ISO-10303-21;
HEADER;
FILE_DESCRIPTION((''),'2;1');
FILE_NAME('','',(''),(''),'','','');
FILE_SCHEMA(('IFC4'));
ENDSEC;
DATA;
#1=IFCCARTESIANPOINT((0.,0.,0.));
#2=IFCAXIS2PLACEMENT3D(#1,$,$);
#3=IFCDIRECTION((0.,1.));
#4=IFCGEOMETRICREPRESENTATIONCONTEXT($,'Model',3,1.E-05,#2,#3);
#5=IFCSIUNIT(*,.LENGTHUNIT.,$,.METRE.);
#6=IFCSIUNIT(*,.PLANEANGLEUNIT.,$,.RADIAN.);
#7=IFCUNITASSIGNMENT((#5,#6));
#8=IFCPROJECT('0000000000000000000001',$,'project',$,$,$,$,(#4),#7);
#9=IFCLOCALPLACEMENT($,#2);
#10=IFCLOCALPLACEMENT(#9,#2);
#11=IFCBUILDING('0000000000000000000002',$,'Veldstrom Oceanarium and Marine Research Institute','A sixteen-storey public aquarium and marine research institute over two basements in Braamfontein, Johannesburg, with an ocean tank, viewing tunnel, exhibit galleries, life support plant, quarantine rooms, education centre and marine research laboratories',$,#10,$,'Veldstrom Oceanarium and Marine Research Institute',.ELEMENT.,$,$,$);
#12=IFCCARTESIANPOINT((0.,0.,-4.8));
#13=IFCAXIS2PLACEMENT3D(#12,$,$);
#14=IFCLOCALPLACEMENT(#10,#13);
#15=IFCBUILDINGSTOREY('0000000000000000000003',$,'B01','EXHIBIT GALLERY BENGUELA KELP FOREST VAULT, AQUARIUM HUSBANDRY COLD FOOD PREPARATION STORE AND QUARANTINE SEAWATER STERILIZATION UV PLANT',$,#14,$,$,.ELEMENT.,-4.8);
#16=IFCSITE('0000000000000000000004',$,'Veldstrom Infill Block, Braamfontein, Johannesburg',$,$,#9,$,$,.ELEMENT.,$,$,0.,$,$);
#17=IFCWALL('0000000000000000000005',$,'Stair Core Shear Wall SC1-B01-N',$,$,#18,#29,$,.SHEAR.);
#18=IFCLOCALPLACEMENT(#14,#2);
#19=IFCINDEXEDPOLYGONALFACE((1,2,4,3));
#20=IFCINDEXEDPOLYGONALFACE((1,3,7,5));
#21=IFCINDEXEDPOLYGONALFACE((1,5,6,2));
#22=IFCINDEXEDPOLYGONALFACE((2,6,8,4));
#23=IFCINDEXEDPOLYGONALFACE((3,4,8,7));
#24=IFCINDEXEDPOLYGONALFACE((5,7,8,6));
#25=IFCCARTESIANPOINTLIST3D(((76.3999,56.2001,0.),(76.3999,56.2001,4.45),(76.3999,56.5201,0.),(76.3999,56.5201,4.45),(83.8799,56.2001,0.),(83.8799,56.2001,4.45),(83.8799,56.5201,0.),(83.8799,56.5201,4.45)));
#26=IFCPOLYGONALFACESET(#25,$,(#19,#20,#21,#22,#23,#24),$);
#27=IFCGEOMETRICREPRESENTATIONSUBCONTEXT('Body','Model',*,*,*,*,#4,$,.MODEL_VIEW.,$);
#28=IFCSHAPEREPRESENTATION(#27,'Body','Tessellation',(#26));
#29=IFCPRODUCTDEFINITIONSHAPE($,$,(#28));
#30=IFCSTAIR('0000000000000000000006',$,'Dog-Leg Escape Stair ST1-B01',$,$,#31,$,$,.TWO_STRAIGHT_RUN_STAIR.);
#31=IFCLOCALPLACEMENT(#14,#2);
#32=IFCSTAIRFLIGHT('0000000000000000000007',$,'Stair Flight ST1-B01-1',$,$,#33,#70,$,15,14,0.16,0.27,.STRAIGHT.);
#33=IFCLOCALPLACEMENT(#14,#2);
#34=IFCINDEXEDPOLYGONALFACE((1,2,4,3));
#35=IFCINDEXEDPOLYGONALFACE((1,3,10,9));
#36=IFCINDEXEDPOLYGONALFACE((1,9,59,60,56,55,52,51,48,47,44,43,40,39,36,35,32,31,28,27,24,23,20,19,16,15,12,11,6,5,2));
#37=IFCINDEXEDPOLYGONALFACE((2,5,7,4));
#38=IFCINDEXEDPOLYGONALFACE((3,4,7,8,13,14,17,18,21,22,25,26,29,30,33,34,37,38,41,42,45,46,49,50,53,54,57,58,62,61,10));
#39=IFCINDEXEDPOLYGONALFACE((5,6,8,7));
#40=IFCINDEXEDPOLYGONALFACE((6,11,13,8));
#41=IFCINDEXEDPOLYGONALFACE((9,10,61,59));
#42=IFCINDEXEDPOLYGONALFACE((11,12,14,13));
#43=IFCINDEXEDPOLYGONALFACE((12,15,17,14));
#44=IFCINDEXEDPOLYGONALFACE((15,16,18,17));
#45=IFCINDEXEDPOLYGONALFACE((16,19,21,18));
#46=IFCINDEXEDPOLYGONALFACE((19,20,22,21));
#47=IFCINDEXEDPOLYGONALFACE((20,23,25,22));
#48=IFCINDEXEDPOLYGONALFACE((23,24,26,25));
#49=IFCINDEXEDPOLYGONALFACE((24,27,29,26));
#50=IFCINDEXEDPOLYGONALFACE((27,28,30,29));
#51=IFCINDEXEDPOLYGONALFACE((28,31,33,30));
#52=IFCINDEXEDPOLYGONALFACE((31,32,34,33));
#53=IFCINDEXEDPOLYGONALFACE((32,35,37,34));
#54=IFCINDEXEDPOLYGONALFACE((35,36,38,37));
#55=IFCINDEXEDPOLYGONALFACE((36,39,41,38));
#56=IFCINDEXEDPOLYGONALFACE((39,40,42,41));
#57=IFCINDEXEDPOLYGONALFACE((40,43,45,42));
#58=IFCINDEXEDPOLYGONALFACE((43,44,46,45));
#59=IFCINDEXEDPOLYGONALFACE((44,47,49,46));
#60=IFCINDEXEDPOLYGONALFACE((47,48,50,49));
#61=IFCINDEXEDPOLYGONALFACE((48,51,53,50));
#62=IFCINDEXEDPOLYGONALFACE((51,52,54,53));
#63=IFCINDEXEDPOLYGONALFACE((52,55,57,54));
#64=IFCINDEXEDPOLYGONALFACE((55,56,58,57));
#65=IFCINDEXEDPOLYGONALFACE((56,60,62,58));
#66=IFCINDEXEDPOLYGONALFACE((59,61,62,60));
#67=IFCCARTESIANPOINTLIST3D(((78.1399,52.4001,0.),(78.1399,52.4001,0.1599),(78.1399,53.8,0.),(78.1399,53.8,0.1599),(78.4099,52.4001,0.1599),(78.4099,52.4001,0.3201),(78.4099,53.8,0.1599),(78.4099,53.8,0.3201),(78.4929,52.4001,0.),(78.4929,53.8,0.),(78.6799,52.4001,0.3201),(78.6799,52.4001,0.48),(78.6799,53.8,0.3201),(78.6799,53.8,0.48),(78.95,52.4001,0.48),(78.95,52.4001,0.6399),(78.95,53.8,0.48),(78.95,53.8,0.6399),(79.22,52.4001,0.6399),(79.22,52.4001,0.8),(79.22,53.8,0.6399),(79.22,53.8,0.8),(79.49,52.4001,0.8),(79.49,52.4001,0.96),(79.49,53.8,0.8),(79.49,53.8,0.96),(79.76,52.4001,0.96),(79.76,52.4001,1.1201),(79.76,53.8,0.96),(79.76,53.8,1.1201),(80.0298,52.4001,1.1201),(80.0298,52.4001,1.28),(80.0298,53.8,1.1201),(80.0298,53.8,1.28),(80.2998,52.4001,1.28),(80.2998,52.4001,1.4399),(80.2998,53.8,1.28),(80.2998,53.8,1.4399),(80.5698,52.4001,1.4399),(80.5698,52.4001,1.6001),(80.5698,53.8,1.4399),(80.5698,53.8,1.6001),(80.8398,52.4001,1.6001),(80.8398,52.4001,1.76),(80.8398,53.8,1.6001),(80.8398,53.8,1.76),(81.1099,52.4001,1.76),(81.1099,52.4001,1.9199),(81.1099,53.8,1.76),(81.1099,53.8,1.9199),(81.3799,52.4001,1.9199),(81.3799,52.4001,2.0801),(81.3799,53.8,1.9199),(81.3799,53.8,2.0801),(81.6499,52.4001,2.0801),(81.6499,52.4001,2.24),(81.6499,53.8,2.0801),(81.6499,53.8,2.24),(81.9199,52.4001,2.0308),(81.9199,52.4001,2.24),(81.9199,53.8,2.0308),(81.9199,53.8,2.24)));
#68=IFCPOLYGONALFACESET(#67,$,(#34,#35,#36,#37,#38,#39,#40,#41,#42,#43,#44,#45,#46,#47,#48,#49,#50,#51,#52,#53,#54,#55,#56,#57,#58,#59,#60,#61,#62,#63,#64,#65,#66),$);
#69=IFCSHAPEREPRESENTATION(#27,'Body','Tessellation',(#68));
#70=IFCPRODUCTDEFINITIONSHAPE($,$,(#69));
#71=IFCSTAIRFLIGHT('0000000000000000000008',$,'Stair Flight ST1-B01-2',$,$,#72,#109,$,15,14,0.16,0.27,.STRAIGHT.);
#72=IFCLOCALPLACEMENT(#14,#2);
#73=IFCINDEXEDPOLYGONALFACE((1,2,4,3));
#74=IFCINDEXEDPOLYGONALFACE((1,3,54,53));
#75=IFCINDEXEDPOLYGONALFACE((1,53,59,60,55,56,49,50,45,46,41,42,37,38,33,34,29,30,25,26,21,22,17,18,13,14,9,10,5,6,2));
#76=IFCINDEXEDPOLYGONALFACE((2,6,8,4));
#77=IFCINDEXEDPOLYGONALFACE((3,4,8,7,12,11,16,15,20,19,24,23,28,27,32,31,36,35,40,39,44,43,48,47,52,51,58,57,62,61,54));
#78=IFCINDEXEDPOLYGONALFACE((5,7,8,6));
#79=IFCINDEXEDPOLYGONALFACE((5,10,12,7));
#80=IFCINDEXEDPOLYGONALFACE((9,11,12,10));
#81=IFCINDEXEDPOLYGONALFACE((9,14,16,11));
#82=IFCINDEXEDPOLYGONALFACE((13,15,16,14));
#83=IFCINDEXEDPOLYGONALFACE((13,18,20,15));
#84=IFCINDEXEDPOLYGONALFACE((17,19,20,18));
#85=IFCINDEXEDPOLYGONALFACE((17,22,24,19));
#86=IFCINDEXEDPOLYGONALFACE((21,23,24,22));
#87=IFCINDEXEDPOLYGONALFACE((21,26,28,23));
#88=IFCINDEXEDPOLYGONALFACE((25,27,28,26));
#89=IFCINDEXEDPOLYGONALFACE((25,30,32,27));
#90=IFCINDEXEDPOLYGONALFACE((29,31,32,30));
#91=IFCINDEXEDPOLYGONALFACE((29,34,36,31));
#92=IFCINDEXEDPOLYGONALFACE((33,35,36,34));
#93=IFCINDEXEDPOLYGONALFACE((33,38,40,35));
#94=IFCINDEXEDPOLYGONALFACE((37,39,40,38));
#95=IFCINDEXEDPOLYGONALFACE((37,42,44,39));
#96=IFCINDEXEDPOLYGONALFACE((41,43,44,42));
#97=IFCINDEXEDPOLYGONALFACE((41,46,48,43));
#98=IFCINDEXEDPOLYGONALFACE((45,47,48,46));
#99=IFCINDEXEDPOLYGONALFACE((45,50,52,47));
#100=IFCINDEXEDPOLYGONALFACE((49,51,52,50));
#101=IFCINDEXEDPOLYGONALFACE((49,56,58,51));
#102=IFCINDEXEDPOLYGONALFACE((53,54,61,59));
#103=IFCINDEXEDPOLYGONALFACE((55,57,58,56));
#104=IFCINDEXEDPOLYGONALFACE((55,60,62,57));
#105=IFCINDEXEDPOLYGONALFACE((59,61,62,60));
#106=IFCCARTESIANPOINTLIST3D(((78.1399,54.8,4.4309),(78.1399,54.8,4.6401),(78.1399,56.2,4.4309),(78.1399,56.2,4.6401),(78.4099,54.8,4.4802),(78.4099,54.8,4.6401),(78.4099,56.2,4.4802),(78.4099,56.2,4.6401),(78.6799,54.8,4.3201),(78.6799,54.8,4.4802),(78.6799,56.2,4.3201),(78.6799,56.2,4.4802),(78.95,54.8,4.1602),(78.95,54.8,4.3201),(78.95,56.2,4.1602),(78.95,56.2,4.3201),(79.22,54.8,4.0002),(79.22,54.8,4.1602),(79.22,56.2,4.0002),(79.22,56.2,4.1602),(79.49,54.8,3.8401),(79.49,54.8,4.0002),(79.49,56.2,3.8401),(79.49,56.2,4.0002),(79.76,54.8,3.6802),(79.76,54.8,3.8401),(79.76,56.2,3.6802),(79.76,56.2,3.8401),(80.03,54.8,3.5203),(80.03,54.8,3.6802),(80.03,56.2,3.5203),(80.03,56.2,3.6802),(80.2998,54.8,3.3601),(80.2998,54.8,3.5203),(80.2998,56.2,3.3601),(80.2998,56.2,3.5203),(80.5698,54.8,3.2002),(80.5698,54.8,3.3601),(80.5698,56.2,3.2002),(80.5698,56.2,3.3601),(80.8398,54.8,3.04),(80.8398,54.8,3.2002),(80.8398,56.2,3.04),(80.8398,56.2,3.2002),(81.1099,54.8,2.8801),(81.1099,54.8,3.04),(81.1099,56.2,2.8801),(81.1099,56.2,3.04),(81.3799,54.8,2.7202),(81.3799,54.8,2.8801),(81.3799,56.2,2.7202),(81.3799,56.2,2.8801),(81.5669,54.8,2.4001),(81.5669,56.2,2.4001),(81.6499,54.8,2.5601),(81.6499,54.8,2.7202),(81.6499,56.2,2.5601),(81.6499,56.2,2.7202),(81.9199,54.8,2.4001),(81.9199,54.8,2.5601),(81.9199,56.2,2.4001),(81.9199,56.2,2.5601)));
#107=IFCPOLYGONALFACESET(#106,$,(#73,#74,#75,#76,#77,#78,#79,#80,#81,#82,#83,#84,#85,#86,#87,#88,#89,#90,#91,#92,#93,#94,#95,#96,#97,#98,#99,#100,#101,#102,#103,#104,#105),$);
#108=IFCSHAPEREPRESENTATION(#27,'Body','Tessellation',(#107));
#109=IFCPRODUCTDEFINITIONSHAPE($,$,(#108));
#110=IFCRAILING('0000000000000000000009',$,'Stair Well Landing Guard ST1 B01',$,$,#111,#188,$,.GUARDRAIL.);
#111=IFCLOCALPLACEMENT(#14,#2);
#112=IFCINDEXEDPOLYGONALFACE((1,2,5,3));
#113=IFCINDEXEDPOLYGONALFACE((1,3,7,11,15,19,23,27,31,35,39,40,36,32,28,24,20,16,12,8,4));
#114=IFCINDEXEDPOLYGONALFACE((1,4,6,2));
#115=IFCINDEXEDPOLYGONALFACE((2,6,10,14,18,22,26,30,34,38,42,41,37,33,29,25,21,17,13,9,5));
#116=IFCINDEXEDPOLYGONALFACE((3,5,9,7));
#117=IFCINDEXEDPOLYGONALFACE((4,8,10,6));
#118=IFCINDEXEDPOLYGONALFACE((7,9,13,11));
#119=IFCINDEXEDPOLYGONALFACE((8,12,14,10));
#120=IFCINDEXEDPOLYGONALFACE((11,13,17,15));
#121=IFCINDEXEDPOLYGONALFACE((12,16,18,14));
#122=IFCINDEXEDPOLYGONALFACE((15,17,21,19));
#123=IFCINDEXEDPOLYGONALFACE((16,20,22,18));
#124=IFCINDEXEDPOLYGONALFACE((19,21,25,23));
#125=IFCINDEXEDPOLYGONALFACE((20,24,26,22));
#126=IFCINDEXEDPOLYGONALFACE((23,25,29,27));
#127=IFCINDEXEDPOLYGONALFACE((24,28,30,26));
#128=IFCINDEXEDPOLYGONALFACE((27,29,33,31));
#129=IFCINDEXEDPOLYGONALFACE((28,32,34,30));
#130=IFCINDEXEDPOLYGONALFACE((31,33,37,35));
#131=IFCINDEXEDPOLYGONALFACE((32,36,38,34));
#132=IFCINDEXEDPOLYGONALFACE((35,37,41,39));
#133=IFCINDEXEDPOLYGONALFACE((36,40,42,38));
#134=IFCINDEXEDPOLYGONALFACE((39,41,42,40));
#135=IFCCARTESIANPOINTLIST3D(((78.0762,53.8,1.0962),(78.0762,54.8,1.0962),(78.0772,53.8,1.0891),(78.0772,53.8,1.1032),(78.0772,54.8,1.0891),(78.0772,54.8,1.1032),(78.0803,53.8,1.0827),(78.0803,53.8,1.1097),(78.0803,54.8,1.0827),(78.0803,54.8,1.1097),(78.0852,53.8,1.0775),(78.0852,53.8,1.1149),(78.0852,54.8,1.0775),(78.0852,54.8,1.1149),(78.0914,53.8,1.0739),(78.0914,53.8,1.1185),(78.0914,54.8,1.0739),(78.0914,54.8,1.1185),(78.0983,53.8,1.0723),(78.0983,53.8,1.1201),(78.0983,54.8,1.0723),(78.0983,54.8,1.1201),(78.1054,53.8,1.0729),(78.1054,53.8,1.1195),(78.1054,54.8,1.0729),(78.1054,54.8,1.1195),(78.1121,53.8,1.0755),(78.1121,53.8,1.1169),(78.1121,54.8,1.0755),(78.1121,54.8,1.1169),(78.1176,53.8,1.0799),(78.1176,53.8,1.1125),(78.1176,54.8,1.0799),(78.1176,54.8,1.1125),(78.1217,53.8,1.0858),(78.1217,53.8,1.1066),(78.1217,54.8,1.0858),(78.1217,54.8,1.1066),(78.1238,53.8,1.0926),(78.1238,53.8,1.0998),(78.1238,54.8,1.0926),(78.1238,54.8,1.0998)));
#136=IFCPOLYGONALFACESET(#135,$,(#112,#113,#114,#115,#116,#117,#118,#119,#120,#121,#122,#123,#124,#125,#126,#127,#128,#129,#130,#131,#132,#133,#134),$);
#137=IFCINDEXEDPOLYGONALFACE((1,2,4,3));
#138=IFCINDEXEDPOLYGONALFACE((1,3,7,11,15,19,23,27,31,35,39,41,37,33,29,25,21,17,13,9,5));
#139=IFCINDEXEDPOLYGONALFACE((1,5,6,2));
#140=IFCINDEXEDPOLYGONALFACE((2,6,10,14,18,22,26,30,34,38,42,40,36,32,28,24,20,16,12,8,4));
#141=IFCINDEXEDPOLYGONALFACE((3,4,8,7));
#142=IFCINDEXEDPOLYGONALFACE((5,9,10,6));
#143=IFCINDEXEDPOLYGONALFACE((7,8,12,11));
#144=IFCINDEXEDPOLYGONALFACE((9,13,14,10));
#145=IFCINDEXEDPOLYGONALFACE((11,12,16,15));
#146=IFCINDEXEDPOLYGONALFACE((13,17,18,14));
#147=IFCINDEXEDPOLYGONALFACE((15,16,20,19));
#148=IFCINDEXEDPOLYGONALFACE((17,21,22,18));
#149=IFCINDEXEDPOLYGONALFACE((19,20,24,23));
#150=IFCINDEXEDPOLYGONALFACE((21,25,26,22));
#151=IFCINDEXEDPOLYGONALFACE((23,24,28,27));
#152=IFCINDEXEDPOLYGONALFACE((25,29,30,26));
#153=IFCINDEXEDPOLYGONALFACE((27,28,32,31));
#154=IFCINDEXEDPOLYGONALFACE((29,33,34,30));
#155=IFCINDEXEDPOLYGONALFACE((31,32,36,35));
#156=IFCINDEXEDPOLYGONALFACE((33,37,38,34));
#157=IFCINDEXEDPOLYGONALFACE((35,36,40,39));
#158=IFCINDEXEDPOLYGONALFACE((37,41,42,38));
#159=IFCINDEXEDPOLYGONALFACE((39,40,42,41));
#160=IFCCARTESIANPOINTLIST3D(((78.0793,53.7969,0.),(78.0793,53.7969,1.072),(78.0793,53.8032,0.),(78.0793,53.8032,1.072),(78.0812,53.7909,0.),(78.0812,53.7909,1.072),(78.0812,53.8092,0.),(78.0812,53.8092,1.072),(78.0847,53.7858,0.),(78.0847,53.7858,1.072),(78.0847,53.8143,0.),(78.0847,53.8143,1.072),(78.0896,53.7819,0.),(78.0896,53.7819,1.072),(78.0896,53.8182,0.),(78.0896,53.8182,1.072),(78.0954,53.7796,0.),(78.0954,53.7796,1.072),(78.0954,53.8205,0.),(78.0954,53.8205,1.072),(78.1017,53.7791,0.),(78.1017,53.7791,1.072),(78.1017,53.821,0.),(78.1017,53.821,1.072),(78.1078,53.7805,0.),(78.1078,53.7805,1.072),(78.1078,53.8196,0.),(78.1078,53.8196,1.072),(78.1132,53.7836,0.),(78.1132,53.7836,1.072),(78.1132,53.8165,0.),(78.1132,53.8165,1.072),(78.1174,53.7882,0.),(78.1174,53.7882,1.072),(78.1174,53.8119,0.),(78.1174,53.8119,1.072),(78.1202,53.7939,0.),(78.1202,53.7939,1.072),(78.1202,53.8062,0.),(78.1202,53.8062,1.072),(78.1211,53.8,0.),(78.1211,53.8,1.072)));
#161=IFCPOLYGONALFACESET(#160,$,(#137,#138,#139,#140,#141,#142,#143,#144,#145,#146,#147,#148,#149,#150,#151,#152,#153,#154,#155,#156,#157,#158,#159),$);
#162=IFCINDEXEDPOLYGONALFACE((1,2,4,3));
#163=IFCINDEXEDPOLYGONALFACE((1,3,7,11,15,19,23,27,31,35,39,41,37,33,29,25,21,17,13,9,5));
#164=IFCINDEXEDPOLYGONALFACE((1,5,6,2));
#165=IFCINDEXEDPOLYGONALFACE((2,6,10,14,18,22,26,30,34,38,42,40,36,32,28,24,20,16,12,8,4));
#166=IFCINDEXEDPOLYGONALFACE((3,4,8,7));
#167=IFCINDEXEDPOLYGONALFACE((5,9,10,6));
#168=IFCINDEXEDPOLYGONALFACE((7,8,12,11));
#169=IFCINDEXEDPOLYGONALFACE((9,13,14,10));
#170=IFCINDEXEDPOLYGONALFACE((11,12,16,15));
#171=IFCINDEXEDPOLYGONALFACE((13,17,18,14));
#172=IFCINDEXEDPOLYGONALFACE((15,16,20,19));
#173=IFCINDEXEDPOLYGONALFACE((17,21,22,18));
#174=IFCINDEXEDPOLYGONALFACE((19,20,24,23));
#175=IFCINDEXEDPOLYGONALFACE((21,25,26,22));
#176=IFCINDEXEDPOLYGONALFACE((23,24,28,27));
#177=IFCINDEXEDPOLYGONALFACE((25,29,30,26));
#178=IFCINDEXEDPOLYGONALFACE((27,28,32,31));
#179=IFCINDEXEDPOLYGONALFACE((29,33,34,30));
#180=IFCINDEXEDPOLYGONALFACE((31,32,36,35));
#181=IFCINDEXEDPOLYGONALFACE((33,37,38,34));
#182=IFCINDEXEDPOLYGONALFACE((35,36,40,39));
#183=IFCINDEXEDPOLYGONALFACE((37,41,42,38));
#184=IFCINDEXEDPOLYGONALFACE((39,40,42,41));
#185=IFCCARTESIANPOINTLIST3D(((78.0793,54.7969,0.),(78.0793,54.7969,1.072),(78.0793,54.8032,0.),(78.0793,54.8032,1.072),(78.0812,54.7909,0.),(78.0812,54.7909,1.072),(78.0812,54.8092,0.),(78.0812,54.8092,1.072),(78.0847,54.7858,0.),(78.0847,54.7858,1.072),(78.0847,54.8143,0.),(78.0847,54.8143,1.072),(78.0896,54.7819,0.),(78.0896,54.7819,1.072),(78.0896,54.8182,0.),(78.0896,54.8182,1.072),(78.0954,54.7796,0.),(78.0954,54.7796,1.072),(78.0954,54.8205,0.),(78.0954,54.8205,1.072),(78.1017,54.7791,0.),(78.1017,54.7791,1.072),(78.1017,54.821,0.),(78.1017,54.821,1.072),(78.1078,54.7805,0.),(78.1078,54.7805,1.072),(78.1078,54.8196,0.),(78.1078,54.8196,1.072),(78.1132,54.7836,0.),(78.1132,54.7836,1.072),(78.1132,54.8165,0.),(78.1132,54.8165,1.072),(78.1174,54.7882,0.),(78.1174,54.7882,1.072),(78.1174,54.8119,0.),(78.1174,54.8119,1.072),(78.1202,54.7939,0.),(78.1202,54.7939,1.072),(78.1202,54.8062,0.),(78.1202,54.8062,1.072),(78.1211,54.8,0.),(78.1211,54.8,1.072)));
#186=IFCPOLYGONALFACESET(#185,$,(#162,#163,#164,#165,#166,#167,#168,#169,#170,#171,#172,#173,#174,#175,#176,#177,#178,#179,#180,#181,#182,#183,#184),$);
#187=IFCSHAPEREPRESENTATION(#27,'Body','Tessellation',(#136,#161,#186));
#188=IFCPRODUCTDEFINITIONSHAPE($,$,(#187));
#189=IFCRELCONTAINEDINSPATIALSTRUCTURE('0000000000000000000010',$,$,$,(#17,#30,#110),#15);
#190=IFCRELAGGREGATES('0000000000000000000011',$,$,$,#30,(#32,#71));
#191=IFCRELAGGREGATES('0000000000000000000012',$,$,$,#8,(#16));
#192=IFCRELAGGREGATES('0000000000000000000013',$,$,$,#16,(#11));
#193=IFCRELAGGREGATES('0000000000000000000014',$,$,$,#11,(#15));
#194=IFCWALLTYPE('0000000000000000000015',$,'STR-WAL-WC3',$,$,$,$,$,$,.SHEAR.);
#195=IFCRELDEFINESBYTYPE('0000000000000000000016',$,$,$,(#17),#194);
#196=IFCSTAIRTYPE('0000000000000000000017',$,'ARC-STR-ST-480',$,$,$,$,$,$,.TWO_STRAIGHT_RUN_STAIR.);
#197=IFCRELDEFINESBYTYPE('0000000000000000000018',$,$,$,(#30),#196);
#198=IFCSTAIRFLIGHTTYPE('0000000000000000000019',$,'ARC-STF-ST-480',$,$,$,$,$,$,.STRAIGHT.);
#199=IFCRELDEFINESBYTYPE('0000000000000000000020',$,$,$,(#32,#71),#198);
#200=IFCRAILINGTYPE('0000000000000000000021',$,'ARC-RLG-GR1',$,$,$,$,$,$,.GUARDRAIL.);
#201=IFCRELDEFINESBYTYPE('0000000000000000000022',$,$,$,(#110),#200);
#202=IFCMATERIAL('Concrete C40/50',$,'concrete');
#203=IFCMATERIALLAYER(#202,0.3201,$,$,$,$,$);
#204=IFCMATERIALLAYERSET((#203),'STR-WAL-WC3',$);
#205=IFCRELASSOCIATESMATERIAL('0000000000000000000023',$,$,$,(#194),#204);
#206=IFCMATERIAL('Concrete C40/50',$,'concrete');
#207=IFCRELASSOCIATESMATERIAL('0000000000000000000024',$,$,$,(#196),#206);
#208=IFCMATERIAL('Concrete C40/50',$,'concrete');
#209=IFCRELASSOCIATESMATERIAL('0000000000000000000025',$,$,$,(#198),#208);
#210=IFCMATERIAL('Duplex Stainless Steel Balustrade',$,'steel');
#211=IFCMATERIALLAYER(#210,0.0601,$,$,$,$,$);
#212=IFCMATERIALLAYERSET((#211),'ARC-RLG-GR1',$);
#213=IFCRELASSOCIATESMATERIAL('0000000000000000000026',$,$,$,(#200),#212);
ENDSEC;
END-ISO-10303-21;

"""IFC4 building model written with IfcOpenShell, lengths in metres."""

from ifc_helpers import new_model, si_unit, direction, frame, frame_2d, origin, origin_2d, place, context, subcontext, project, spatial, polyline, rectangle, circle, outline, extrude, material, layer, layer_set, type_object, element, aggregate, save


model = new_model("IFC4")

# Units and contexts
model_context = context("Model", 3, precision=1e-05, world=origin(), true_north=direction((0.0, 1.0)))
body_context = subcontext(model_context, "Body", "Model", "MODEL_VIEW")
ifc_project = project(units=[si_unit("LENGTHUNIT", "METRE"), si_unit("PLANEANGLEUNIT", "RADIAN")], contexts=[model_context])

# Site, building, storey
site_placement = place(None, origin())
site = spatial("IfcSite", under=ifc_project, at=site_placement, Name="Veldstrom Infill Block, Braamfontein, Johannesburg", CompositionType="ELEMENT", RefElevation=0.0)
building_placement = place(site_placement, origin())
building = spatial("IfcBuilding", under=site, at=building_placement, Name="Veldstrom Oceanarium and Marine Research Institute", Description="A sixteen-storey public aquarium and marine research institute over two basements in Braamfontein, Johannesburg, with an ocean tank, viewing tunnel, exhibit galleries, life support plant, quarantine rooms, education centre and marine research laboratories", LongName="Veldstrom Oceanarium and Marine Research Institute", CompositionType="ELEMENT")
storey_placement = place(building_placement, frame((0.0, 0.0, -4.8)))
storey = spatial("IfcBuildingStorey", under=building, at=storey_placement, Name="B01", Description="EXHIBIT GALLERY BENGUELA KELP FOREST VAULT, AQUARIUM HUSBANDRY COLD FOOD PREPARATION STORE AND QUARANTINE SEAWATER STERILIZATION UV PLANT", CompositionType="ELEMENT", Elevation=-4.8)

# Wall
ifc_material_1 = material(Name="Concrete C40/50", Category="concrete")
ifc_layer_1 = layer(ifc_material_1, 0.3201)
ifc_layer_set_1 = layer_set([ifc_layer_1], Name="STR-WAL-WC3")
wall_type_1 = type_object("IfcWallType", Name="STR-WAL-WC3", PredefinedType="SHEAR", material=ifc_layer_set_1)
wall_1_placement = place(storey_placement, frame((76.3999, 56.3601, 0.0), z_axis=(0.0, 0.0, 1.0), x_axis=(1.0, 0.0, 0.0)))
element("IfcWall", 1, at=wall_1_placement, inside=storey, type_object=wall_type_1, Name="Stair Core Shear Wall SC1-B01-N", PredefinedType="SHEAR", context=body_context, shape_type="SweptSolid", body=[
    extrude(rectangle(XDim=7.48, YDim=0.3201, at=frame_2d((3.74, 0.0))), origin(), (0.0, 0.0, 1.0), 4.45),
])

# Stair, stair flights
ifc_material_2 = material(Name="Concrete C40/50", Category="concrete")
stair_type = type_object("IfcStairType", Name="ARC-STR-ST-480", PredefinedType="TWO_STRAIGHT_RUN_STAIR", material=ifc_material_2)
stair_placement = place(storey_placement, origin())
stair = element("IfcStair", 2, at=stair_placement, inside=storey, type_object=stair_type, Name="Dog-Leg Escape Stair ST1-B01", PredefinedType="TWO_STRAIGHT_RUN_STAIR")
ifc_material_3 = material(Name="Concrete C40/50", Category="concrete")
stair_flight_type = type_object("IfcStairFlightType", Name="ARC-STF-ST-480", PredefinedType="STRAIGHT", material=ifc_material_3)
stair_flight_1_placement = place(storey_placement, frame((78.1399, 53.1001, 0.0), z_axis=(0.0, 0.0, 1.0), x_axis=(1.0, 0.0, 0.0)))
stair_flight_1 = element("IfcStairFlight", 3, at=stair_flight_1_placement, type_object=stair_flight_type, Name="Stair Flight ST1-B01-1", NumberOfRisers=15, NumberOfTreads=14, PredefinedType="STRAIGHT", RiserHeight=0.16, TreadLength=0.27, context=body_context, shape_type="SweptSolid", body=[
    extrude(outline(polyline([(0.0, 0.0), (0.0, 0.1599), (0.27, 0.1599), (0.27, 0.3201), (0.54, 0.3201), (0.54, 0.48), (0.8101, 0.48), (0.8101, 0.6399), (1.0801, 0.6399), (1.0801, 0.8), (1.3501, 0.8), (1.3501, 0.96), (1.6201, 0.96), (1.6201, 1.1201), (1.8899, 1.1201), (1.8899, 1.28), (2.1599, 1.28), (2.1599, 1.4399), (2.4299, 1.4399), (2.4299, 1.6001), (2.7, 1.6001), (2.7, 1.76), (2.97, 1.76), (2.97, 1.9199), (3.24, 1.9199), (3.24, 2.0801), (3.51, 2.0801), (3.51, 2.24), (3.78, 2.24), (3.78, 2.3999), (3.78, 2.0308), (0.353, 0.0), (0.0, 0.0)])), frame((0.0, 0.7, 0.0), z_axis=(0.0, -1.0, 0.0), x_axis=(1.0, 0.0, 0.0)), (0.0, 0.0, 1.0), 1.3999),
])
stair_flight_2_placement = place(storey_placement, frame((81.9199, 55.5, 2.4001), z_axis=(0.0, 0.0, 1.0), x_axis=(-1.0, 0.0, 0.0)))
stair_flight_2 = element("IfcStairFlight", 4, at=stair_flight_2_placement, type_object=stair_flight_type, Name="Stair Flight ST1-B01-2", NumberOfRisers=15, NumberOfTreads=14, PredefinedType="STRAIGHT", RiserHeight=0.16, TreadLength=0.27, context=body_context, shape_type="SweptSolid", body=[
    extrude(outline(polyline([(0.0, 0.0), (0.0, 0.1599), (0.27, 0.1599), (0.27, 0.3201), (0.54, 0.3201), (0.54, 0.48), (0.8101, 0.48), (0.8101, 0.6399), (1.0801, 0.6399), (1.0801, 0.8), (1.3501, 0.8), (1.3501, 0.96), (1.6201, 0.96), (1.6201, 1.1201), (1.8899, 1.1201), (1.8899, 1.28), (2.1599, 1.28), (2.1599, 1.4399), (2.4299, 1.4399), (2.4299, 1.6001), (2.7, 1.6001), (2.7, 1.76), (2.97, 1.76), (2.97, 1.9199), (3.24, 1.9199), (3.24, 2.0801), (3.51, 2.0801), (3.51, 2.24), (3.78, 2.24), (3.78, 2.3999), (3.78, 2.0308), (0.353, 0.0), (0.0, 0.0)])), frame((0.0, 0.7, 0.0), z_axis=(0.0, -1.0, 0.0), x_axis=(1.0, 0.0, 0.0)), (0.0, 0.0, 1.0), 1.3999),
])
aggregate(stair, [stair_flight_1, stair_flight_2])

# Railing
ifc_material_4 = material(Name="Duplex Stainless Steel Balustrade", Category="steel")
ifc_layer_2 = layer(ifc_material_4, 0.0601)
ifc_layer_set_2 = layer_set([ifc_layer_2], Name="ARC-RLG-GR1")
railing_type_1 = type_object("IfcRailingType", Name="ARC-RLG-GR1", PredefinedType="GUARDRAIL", material=ifc_layer_set_2)
railing_1_placement = place(storey_placement, frame((78.1001, 53.8, 0.0)))
element("IfcRailing", 5, at=railing_1_placement, inside=storey, type_object=railing_type_1, Name="Stair Well Landing Guard ST1 B01", PredefinedType="GUARDRAIL", context=body_context, shape_type="SweptSolid", body=[
    extrude(circle(Radius=0.0239, at=origin_2d()), frame((0.0, 0.0, 1.0962), z_axis=(0.0, 1.0, 0.0), x_axis=(-1.0, 0.0, 0.0)), (0.0, 0.0, 1.0), 1.0),
    extrude(circle(Radius=0.021, at=origin_2d()), origin(), (0.0, 0.0, 1.0), 1.072),
    extrude(circle(Radius=0.021, at=origin_2d()), frame((0.0, 1.0, 0.0)), (0.0, 0.0, 1.0), 1.072),
])

save(model, "model.ifc")
